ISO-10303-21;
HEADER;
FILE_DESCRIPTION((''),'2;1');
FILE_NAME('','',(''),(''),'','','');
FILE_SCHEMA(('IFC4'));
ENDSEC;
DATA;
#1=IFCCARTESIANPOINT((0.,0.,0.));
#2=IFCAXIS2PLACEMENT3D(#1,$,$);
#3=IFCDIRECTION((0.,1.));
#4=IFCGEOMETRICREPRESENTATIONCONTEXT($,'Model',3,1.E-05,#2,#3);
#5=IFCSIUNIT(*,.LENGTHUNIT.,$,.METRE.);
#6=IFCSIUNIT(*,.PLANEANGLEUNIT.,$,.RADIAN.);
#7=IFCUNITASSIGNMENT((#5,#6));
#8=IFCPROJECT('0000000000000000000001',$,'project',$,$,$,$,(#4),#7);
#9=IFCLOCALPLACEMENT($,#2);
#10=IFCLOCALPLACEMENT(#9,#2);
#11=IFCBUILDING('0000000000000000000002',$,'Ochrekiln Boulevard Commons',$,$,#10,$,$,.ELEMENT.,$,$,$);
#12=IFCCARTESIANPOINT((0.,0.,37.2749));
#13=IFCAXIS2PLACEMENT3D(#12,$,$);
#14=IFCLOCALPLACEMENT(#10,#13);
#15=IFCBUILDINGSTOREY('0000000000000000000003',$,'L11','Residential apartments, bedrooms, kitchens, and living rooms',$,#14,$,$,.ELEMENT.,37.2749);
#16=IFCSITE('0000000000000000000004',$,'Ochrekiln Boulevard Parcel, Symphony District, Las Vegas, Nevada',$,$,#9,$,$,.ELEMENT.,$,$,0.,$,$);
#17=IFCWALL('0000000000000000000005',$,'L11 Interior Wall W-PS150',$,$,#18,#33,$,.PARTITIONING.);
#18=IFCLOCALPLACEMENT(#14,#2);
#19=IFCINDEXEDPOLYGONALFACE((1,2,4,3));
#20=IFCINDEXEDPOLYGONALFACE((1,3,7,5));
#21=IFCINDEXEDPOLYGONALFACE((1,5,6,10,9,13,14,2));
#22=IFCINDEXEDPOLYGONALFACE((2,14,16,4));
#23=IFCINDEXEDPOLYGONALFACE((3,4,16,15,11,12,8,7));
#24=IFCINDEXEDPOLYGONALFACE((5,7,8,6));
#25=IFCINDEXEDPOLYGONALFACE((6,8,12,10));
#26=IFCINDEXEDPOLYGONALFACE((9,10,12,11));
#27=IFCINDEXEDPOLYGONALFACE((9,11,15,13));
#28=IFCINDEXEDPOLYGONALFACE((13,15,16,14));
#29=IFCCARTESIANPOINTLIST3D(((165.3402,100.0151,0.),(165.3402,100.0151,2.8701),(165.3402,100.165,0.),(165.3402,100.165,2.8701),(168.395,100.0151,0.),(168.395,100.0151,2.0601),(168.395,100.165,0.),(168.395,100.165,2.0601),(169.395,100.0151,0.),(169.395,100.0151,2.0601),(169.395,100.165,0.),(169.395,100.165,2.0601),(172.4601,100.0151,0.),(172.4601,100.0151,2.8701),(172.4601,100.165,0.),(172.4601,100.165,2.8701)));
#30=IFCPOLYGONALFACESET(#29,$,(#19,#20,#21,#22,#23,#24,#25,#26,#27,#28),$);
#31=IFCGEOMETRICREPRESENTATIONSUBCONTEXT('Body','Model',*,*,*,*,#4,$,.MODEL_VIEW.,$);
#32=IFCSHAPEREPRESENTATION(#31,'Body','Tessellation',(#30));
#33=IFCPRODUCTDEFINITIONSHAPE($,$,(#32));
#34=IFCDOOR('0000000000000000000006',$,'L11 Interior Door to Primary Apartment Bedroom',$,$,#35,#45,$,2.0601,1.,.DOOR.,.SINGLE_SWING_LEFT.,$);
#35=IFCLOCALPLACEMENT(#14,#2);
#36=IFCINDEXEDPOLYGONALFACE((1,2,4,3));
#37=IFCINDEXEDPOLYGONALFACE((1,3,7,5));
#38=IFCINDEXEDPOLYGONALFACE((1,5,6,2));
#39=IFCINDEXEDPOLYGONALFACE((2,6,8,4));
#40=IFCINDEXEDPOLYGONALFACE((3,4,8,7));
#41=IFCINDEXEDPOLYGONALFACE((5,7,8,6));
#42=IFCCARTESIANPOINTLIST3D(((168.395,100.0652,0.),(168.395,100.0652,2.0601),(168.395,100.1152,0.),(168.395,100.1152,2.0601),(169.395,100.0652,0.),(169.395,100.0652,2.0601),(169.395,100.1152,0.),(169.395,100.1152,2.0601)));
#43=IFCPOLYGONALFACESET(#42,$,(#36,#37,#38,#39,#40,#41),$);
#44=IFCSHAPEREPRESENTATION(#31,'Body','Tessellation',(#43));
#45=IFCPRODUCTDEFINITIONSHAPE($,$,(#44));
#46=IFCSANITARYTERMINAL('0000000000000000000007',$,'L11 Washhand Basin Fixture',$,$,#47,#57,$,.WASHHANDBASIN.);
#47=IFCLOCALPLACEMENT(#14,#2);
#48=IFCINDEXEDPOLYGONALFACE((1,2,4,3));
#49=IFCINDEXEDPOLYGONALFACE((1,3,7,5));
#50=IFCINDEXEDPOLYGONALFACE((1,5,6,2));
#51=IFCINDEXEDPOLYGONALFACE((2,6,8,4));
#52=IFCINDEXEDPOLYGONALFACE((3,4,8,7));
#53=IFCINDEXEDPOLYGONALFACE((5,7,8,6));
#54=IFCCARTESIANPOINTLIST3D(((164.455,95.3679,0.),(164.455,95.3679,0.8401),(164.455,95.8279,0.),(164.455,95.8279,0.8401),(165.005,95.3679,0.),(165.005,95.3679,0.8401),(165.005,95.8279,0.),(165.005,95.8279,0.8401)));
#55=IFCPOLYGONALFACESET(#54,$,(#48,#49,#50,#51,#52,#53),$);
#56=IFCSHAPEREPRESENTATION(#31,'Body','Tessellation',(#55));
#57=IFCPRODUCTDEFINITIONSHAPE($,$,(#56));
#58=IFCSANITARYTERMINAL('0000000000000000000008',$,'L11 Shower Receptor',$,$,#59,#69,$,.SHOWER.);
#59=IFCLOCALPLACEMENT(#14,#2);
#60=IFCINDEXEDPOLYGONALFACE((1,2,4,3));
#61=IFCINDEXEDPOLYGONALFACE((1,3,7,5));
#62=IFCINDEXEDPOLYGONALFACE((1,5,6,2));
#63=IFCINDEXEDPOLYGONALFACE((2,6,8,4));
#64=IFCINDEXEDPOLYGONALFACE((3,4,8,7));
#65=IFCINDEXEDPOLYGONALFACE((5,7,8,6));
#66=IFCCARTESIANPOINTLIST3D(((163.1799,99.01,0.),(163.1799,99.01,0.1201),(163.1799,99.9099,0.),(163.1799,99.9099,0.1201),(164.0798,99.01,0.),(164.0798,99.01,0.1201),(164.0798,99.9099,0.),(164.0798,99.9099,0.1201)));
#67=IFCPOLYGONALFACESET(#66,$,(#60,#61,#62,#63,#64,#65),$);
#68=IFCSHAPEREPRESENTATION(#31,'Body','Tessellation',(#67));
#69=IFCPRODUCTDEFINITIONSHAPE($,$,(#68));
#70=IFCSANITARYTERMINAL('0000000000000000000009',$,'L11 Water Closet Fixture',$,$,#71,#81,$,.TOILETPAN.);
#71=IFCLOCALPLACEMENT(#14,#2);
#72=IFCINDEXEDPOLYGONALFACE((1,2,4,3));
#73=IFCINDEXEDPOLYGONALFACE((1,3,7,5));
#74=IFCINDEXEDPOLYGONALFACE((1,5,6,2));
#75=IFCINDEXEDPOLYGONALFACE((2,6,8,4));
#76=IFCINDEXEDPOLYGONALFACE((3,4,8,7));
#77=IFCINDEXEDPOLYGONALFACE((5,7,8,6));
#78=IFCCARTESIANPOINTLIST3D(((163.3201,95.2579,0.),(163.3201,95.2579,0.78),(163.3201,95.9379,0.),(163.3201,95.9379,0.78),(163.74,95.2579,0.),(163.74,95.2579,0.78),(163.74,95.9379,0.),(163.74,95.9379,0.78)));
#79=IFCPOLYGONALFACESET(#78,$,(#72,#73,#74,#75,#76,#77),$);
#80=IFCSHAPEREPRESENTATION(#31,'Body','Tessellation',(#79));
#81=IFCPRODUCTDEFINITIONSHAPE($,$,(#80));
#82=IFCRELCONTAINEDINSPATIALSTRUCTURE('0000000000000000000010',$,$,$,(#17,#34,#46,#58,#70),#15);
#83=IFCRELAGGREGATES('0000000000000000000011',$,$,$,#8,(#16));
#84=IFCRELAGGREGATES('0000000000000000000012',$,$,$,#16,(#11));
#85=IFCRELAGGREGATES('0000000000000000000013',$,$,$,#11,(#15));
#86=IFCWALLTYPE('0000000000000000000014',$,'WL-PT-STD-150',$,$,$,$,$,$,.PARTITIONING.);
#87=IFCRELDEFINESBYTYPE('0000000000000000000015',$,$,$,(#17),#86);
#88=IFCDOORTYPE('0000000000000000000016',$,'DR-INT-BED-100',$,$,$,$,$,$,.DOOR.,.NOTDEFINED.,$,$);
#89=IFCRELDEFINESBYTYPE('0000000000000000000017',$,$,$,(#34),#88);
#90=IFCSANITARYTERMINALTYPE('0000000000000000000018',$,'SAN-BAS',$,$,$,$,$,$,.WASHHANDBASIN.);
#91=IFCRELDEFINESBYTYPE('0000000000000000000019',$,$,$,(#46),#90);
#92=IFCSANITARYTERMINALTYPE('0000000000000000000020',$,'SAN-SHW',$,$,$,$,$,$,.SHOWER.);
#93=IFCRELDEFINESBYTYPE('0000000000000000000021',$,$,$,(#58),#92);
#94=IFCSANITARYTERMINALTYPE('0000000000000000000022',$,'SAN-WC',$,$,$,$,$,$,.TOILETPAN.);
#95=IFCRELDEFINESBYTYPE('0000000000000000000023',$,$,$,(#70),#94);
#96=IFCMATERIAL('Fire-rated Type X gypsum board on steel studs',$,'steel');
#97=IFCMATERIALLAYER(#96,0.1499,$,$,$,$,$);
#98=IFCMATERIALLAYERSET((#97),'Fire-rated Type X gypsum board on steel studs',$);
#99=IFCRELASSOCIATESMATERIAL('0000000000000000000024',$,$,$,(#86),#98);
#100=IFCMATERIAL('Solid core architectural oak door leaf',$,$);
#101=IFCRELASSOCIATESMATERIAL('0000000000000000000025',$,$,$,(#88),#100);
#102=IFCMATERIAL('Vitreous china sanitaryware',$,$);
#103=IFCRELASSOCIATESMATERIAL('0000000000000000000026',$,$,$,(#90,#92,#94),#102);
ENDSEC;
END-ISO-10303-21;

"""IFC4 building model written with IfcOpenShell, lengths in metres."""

from ifc_helpers import new_model, si_unit, direction, frame, frame_2d, origin, origin_2d, place, context, subcontext, project, spatial, rectangle, extrude, material, layer, layer_set, type_object, element, fill, save


model = new_model("IFC4")

# Units and contexts
model_context = context("Model", 3, precision=1e-05, world=origin(), true_north=direction((0.0, 1.0)))
body_context = subcontext(model_context, "Body", "Model", "MODEL_VIEW")
ifc_project = project(units=[si_unit("LENGTHUNIT", "METRE"), si_unit("PLANEANGLEUNIT", "RADIAN")], contexts=[model_context])

# Site, building, storey
site_placement = place(None, origin())
site = spatial("IfcSite", under=ifc_project, at=site_placement, Name="Ochrekiln Boulevard Parcel, Symphony District, Las Vegas, Nevada", CompositionType="ELEMENT", RefElevation=0.0)
building_placement = place(site_placement, origin())
building = spatial("IfcBuilding", under=site, at=building_placement, Name="Ochrekiln Boulevard Commons", CompositionType="ELEMENT")
storey_placement = place(building_placement, frame((0.0, 0.0, 37.2749)))
storey = spatial("IfcBuildingStorey", under=building, at=storey_placement, Name="L11", Description="Residential apartments, bedrooms, kitchens, and living rooms", CompositionType="ELEMENT", Elevation=37.2749)

# Shared definitions
ifc_material_1 = material(Name="Solid core architectural oak door leaf")

# Shared definitions
ifc_material_2 = material(Name="Fire-rated Type X gypsum board on steel studs", Category="steel")

# Wall, opening, door
ifc_layer_1 = layer(ifc_material_2, 0.1499)
ifc_layer_set_1 = layer_set([ifc_layer_1], Name="Fire-rated Type X gypsum board on steel studs")
wall_type_1 = type_object("IfcWallType", Name="WL-PT-STD-150", PredefinedType="PARTITIONING", material=ifc_layer_set_1)
wall_1_placement = place(storey_placement, frame((165.3401, 100.0901, 0.0), z_axis=(0.0, 0.0, 1.0), x_axis=(1.0, 0.0, 0.0)))
wall_1 = element("IfcWall", 1, at=wall_1_placement, inside=storey, type_object=wall_type_1, Name="L11 Interior Wall W-PS150", PredefinedType="PARTITIONING", context=body_context, shape_type="SweptSolid", body=[
    extrude(rectangle(XDim=7.1199, YDim=0.1499, at=frame_2d((3.5601, 0.0))), origin(), (0.0, 0.0, 1.0), 2.8701),
])
opening_1_placement = place(wall_1_placement, frame((3.0549, 0.0, 0.0)))
opening_1 = element("IfcOpeningElement", 2, at=opening_1_placement, cuts=wall_1, PredefinedType="OPENING", context=body_context, shape_type="SweptSolid", body=[
    extrude(rectangle(XDim=1.0, YDim=2.0601, at=frame_2d((0.5, 1.03))), frame((0.0, 0.085, 0.0), z_axis=(0.0, -1.0, 0.0), x_axis=(1.0, 0.0, 0.0)), (0.0, 0.0, 1.0), 0.1699),
])
door_type_1 = type_object("IfcDoorType", Name="DR-INT-BED-100", OperationType="NOTDEFINED", PredefinedType="DOOR", material=ifc_material_1)
door_1_placement = place(opening_1_placement, frame((1.0, 0.0, 0.0), z_axis=(0.0, 0.0, 1.0), x_axis=(-1.0, 0.0, 0.0)))
door_1 = element("IfcDoor", 3, at=door_1_placement, inside=storey, type_object=door_type_1, Name="L11 Interior Door to Primary Apartment Bedroom", OperationType="SINGLE_SWING_LEFT", OverallHeight=2.0601, OverallWidth=1.0, PredefinedType="DOOR", context=body_context, shape_type="SweptSolid", body=[
    extrude(rectangle(XDim=1.0, YDim=2.0601, at=frame_2d((0.5, 1.03))), frame((0.0, 0.0249, 0.0), z_axis=(0.0, -1.0, 0.0), x_axis=(1.0, 0.0, 0.0)), (0.0, 0.0, 1.0), 0.05),
])
fill(opening_1, door_1)

# Sanitary terminals
ifc_material_3 = material(Name="Vitreous china sanitaryware")
sanitary_terminal_type_1 = type_object("IfcSanitaryTerminalType", Name="SAN-BAS", PredefinedType="WASHHANDBASIN", material=ifc_material_3)
sanitary_terminal_1_placement = place(storey_placement, frame((164.73, 95.5979, 0.0), z_axis=(0.0, 0.0, 1.0), x_axis=(1.0, 0.0, 0.0)))
element("IfcSanitaryTerminal", 4, at=sanitary_terminal_1_placement, inside=storey, type_object=sanitary_terminal_type_1, Name="L11 Washhand Basin Fixture", PredefinedType="WASHHANDBASIN", context=body_context, shape_type="SweptSolid", body=[
    extrude(rectangle(XDim=0.55, YDim=0.46, at=origin_2d()), origin(), (0.0, 0.0, 1.0), 0.8401),
])
sanitary_terminal_type_2 = type_object("IfcSanitaryTerminalType", Name="SAN-SHW", PredefinedType="SHOWER", material=ifc_material_3)
sanitary_terminal_2_placement = place(storey_placement, frame((163.6299, 99.46, 0.0), z_axis=(0.0, 0.0, 1.0), x_axis=(1.0, 0.0, 0.0)))
element("IfcSanitaryTerminal", 5, at=sanitary_terminal_2_placement, inside=storey, type_object=sanitary_terminal_type_2, Name="L11 Shower Receptor", PredefinedType="SHOWER", context=body_context, shape_type="SweptSolid", body=[
    extrude(rectangle(XDim=0.8999, YDim=0.8999, at=origin_2d()), origin(), (0.0, 0.0, 1.0), 0.1201),
])
sanitary_terminal_type_3 = type_object("IfcSanitaryTerminalType", Name="SAN-WC", PredefinedType="TOILETPAN", material=ifc_material_3)
sanitary_terminal_3_placement = place(storey_placement, frame((163.53, 95.5979, 0.0), z_axis=(0.0, 0.0, 1.0), x_axis=(1.0, 0.0, 0.0)))
element("IfcSanitaryTerminal", 6, at=sanitary_terminal_3_placement, inside=storey, type_object=sanitary_terminal_type_3, Name="L11 Water Closet Fixture", PredefinedType="TOILETPAN", context=body_context, shape_type="SweptSolid", body=[
    extrude(rectangle(XDim=0.4199, YDim=0.6799, at=origin_2d()), origin(), (0.0, 0.0, 1.0), 0.78),
])

save(model, "model.ifc")
